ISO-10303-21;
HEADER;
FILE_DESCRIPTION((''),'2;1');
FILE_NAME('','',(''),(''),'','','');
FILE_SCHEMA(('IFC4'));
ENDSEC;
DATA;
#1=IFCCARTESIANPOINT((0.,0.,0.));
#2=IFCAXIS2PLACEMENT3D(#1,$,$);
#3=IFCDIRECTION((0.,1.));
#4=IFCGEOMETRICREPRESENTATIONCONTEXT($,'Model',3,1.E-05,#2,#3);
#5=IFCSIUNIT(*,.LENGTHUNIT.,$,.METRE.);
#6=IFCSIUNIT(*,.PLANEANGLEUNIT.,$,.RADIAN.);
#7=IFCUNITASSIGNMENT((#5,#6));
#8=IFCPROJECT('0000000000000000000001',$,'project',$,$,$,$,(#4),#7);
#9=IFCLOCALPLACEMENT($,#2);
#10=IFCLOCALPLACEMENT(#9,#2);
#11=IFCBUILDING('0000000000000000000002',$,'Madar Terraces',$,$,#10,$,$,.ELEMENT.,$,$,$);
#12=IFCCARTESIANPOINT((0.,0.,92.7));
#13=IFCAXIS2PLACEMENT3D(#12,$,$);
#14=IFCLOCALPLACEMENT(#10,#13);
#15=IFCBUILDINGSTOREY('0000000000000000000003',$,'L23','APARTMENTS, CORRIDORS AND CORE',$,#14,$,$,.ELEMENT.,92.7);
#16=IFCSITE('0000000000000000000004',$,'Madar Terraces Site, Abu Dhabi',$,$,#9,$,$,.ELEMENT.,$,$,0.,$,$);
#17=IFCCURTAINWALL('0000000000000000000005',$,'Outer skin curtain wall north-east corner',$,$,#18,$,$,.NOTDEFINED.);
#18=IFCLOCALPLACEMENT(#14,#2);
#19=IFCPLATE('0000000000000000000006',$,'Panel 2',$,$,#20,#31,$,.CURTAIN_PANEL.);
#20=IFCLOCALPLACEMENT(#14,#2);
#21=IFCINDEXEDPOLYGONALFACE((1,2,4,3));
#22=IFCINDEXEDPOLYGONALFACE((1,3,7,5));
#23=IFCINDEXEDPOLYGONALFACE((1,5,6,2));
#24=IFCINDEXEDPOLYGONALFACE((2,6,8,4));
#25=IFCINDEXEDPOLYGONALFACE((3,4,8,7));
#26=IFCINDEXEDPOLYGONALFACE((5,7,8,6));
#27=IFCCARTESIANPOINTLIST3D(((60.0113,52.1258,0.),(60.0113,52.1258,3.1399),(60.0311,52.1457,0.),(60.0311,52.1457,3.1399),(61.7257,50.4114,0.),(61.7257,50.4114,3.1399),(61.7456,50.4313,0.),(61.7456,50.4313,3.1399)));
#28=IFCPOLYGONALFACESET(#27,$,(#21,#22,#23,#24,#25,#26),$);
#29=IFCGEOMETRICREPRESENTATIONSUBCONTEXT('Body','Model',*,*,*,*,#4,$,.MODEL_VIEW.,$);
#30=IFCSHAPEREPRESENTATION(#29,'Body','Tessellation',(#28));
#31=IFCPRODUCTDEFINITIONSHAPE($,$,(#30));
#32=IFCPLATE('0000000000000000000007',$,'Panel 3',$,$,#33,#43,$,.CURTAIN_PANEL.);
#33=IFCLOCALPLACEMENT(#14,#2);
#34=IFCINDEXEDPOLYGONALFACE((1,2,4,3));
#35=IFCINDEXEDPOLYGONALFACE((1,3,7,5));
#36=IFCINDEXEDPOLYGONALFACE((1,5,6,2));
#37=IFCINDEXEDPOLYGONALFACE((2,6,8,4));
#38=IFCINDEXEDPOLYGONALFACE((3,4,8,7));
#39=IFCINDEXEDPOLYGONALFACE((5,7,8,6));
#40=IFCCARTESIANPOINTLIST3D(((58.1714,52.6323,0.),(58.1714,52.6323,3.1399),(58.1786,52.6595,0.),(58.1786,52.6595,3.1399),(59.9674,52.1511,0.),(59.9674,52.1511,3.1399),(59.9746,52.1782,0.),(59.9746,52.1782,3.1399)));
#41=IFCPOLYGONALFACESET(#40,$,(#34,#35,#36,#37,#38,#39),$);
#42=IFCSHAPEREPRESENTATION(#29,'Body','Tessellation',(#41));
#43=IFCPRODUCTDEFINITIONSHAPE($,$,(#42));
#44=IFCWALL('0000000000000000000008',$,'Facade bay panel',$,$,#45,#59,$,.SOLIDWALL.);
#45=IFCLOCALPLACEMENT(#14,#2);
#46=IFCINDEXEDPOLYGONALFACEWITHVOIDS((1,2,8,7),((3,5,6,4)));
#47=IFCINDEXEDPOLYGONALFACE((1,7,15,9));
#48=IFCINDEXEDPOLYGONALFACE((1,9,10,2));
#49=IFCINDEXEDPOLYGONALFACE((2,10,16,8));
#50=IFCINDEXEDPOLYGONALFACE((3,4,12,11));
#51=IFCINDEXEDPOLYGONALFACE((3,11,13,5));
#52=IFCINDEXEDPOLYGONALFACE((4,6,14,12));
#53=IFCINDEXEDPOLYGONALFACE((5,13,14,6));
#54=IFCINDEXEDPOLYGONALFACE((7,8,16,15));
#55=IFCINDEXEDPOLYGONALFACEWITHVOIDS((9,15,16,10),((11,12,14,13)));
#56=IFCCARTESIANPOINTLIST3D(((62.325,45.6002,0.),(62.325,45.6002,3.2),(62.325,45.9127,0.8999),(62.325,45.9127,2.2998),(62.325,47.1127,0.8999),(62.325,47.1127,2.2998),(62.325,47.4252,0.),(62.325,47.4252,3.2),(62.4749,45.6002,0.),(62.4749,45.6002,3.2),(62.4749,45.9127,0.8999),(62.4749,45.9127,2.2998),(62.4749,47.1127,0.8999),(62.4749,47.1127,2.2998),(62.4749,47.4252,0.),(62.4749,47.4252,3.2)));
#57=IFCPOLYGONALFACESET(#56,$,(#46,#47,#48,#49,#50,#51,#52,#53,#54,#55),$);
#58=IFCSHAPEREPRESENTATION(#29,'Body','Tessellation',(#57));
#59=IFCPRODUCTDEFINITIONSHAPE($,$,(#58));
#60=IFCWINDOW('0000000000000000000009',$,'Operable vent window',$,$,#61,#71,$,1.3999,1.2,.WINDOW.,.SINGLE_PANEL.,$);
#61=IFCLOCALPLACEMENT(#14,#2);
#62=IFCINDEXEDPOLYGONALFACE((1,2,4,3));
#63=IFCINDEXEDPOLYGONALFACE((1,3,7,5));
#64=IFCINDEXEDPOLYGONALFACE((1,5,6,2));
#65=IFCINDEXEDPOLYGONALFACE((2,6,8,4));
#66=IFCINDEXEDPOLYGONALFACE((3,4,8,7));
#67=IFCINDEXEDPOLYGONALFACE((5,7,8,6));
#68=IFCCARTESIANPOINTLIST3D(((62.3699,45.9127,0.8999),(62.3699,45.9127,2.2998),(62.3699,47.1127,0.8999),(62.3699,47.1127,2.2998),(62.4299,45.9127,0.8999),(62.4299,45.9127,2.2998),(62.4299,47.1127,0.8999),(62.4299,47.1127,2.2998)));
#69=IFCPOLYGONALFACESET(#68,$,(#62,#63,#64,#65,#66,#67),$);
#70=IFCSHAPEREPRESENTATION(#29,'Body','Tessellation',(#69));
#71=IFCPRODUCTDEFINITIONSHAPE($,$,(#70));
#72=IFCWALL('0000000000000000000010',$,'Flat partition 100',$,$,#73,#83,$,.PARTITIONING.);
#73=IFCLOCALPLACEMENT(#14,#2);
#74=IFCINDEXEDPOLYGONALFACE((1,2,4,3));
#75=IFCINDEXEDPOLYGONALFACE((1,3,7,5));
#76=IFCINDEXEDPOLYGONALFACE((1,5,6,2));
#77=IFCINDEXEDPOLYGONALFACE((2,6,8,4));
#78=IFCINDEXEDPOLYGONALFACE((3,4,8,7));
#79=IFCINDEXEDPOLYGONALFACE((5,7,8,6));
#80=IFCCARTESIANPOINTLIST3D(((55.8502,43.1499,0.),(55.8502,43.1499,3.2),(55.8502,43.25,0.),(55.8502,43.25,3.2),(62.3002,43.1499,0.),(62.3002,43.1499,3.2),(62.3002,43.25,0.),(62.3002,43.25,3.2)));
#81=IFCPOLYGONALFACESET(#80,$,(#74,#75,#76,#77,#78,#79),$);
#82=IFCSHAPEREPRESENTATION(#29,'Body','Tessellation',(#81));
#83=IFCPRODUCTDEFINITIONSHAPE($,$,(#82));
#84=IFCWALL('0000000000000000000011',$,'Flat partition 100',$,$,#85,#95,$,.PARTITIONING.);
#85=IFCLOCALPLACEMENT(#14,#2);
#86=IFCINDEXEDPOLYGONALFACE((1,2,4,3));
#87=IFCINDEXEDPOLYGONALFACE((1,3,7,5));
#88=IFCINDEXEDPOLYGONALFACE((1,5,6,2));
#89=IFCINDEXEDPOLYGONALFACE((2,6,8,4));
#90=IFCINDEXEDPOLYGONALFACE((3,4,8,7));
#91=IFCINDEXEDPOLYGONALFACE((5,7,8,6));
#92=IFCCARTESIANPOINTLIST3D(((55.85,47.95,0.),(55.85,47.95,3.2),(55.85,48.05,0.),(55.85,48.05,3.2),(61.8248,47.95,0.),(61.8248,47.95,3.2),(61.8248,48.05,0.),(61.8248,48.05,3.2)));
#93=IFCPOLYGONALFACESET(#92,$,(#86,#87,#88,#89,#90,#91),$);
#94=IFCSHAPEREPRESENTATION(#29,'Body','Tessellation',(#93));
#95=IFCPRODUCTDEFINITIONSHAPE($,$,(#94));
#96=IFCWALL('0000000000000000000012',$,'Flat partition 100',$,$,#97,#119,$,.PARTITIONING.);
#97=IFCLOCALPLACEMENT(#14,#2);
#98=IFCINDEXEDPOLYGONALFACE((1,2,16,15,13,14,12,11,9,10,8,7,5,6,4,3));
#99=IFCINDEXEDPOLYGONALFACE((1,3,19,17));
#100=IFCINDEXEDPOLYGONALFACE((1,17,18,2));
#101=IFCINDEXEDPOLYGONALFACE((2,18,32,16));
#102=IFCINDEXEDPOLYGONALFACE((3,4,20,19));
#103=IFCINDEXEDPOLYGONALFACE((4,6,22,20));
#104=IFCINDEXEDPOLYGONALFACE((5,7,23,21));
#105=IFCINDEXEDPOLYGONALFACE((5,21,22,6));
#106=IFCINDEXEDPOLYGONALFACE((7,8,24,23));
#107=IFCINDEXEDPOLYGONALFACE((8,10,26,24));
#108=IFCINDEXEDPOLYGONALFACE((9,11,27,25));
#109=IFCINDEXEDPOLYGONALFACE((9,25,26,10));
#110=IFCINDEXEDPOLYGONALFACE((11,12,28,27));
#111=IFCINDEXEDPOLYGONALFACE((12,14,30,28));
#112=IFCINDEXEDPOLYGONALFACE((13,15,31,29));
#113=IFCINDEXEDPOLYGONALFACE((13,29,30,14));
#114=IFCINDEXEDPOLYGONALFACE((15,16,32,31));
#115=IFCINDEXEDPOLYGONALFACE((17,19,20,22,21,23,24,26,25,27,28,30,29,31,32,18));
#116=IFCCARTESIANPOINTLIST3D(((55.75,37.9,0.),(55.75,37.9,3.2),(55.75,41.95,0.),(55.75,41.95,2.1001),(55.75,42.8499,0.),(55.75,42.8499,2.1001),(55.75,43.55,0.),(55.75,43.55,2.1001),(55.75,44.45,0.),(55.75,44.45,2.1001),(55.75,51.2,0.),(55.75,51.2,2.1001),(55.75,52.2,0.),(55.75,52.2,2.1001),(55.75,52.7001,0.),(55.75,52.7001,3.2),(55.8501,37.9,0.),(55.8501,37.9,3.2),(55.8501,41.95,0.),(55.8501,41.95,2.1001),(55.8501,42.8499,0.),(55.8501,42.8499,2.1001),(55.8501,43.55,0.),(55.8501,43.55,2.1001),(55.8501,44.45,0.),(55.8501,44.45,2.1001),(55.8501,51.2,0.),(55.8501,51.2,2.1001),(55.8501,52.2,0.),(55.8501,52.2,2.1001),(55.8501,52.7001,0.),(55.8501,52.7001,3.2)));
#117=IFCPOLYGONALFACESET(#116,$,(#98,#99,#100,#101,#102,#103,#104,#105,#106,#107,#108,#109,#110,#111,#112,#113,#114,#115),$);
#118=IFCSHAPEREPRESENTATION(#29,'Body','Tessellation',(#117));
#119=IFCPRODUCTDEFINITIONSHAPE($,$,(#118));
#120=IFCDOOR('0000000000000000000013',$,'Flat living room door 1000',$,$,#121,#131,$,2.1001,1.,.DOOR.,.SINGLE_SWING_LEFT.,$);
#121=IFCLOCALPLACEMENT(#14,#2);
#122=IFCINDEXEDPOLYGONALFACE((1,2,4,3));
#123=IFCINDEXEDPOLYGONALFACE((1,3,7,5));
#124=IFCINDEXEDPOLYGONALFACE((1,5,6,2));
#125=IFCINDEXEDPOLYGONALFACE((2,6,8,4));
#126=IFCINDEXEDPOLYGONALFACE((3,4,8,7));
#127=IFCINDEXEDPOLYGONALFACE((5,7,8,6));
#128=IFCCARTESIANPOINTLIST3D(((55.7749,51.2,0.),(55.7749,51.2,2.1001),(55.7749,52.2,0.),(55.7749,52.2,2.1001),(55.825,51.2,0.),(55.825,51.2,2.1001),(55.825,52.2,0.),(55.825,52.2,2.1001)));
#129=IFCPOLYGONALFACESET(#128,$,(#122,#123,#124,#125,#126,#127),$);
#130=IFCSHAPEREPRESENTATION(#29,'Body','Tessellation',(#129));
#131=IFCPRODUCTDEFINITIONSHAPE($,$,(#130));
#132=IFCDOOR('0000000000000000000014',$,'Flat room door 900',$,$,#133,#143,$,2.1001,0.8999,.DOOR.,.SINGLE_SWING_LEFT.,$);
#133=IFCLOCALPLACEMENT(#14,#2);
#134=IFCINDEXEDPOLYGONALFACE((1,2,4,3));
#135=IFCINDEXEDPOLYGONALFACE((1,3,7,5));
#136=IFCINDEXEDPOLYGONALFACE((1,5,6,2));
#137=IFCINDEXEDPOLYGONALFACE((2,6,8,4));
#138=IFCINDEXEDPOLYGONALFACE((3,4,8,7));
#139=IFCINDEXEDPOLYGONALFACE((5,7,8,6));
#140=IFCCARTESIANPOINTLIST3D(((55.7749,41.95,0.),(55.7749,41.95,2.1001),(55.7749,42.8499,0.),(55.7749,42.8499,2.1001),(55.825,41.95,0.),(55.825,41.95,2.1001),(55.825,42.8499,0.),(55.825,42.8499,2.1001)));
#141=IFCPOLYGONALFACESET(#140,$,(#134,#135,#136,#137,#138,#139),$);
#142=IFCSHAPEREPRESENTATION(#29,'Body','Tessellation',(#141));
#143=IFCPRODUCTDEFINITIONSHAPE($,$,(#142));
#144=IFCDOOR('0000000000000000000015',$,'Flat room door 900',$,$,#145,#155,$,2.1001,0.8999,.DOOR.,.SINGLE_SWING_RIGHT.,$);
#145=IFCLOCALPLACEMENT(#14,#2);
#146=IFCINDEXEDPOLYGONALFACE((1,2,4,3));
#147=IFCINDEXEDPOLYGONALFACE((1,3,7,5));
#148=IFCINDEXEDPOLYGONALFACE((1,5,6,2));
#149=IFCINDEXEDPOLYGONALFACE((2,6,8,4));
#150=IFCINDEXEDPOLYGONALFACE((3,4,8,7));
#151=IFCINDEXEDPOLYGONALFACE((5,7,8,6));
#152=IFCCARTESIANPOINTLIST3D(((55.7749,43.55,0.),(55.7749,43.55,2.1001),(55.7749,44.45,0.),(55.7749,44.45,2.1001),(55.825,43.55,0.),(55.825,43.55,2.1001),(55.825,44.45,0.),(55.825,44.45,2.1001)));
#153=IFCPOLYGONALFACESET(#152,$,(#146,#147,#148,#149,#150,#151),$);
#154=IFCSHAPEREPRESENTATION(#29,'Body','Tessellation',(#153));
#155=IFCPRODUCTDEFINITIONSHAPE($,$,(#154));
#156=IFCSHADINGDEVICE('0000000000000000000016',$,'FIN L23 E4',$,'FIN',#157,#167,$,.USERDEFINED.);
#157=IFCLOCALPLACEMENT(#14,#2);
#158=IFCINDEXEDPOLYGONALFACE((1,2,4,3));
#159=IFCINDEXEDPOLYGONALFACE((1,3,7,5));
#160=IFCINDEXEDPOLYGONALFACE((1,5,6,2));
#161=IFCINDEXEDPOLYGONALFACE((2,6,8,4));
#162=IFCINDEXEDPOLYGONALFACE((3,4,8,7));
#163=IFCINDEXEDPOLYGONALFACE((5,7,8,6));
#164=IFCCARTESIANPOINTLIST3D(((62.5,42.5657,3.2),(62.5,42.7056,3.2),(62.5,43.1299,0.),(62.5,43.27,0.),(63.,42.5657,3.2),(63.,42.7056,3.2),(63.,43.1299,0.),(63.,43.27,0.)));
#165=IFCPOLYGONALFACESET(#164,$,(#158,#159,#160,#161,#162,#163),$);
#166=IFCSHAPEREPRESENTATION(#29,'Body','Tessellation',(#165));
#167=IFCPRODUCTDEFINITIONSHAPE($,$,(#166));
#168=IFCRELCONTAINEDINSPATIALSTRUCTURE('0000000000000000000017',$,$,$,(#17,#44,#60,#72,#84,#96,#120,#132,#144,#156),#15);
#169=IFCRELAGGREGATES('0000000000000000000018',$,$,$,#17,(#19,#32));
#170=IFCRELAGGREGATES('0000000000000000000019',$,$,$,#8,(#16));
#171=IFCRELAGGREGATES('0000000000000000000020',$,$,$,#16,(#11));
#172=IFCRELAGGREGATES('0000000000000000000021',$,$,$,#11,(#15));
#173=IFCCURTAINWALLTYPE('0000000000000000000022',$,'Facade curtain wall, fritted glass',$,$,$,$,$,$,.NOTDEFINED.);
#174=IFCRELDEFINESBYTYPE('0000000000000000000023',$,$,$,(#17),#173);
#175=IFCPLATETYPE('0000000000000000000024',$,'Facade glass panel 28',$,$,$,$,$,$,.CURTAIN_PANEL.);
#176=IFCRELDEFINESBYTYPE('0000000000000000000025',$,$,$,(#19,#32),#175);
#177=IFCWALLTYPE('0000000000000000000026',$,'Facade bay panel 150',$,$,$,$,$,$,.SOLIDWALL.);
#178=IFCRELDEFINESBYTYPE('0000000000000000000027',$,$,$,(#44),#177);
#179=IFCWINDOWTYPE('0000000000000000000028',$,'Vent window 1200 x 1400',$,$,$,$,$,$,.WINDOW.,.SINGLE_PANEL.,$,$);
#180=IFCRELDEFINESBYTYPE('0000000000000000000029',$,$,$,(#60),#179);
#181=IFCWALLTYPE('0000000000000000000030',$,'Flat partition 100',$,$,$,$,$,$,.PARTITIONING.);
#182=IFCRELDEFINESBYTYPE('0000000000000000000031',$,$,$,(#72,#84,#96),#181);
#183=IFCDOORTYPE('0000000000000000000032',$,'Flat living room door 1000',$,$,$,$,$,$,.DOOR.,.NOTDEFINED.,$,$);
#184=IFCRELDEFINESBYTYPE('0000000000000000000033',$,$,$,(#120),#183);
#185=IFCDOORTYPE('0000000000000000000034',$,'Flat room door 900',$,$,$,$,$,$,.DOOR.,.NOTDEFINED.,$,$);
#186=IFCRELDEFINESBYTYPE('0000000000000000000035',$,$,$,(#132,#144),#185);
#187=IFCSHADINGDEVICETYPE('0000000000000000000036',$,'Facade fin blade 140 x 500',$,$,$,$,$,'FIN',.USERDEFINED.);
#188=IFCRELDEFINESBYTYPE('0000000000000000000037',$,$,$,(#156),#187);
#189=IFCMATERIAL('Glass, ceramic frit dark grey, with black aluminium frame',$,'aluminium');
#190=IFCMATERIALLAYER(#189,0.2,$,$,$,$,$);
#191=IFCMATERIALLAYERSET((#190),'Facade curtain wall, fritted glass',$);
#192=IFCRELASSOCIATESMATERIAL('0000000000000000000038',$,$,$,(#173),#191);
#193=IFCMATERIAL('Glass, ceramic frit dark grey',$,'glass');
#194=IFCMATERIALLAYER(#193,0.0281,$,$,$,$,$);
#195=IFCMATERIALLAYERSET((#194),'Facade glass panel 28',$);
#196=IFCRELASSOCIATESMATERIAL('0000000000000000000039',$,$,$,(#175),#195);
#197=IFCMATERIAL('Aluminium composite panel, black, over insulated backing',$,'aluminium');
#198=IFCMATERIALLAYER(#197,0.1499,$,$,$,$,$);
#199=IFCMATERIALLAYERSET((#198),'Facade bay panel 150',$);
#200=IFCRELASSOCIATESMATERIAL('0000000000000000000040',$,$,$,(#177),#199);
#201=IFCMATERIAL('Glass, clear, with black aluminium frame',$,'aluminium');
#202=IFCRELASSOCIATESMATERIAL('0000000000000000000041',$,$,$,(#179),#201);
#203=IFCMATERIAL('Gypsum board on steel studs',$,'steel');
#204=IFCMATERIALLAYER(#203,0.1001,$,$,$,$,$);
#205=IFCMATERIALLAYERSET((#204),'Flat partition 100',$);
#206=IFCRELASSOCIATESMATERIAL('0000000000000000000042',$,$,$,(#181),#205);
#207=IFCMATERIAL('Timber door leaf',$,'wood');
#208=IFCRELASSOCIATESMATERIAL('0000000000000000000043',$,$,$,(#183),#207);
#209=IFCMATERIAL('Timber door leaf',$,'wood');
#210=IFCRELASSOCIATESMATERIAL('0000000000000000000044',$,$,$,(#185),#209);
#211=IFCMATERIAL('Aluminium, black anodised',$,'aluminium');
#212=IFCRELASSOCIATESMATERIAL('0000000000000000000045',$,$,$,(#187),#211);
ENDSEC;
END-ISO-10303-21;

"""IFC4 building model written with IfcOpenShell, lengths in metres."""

from ifc_helpers import new_model, si_unit, direction, frame, frame_2d, origin, origin_2d, place, context, subcontext, project, spatial, polyline, rectangle, outline, extrude, material, layer, layer_set, type_object, element, fill, aggregate, save


model = new_model("IFC4")

# Units and contexts
model_context = context("Model", 3, precision=1e-05, world=origin(), true_north=direction((0.0, 1.0)))
body_context = subcontext(model_context, "Body", "Model", "MODEL_VIEW")
ifc_project = project(units=[si_unit("LENGTHUNIT", "METRE"), si_unit("PLANEANGLEUNIT", "RADIAN")], contexts=[model_context])

# Site, building, storey
site_placement = place(None, origin())
site = spatial("IfcSite", under=ifc_project, at=site_placement, Name="Madar Terraces Site, Abu Dhabi", CompositionType="ELEMENT", RefElevation=0.0)
building_placement = place(site_placement, origin())
building = spatial("IfcBuilding", under=site, at=building_placement, Name="Madar Terraces", CompositionType="ELEMENT")
storey_placement = place(building_placement, frame((0.0, 0.0, 92.7)))
storey = spatial("IfcBuildingStorey", under=building, at=storey_placement, Name="L23", Description="APARTMENTS, CORRIDORS AND CORE", CompositionType="ELEMENT", Elevation=92.7)

# Shared definitions
ifc_material_1 = material(Name="Glass, ceramic frit dark grey, with black aluminium frame", Category="aluminium")
ifc_layer_1 = layer(ifc_material_1, 0.2)
ifc_layer_set_1 = layer_set([ifc_layer_1], Name="Facade curtain wall, fritted glass")
curtain_wall_type = type_object("IfcCurtainWallType", Name="Facade curtain wall, fritted glass", PredefinedType="NOTDEFINED", material=ifc_layer_set_1)

# Curtain wall
curtain_wall_1_placement = place(storey_placement, origin())
curtain_wall_1 = element("IfcCurtainWall", 1, at=curtain_wall_1_placement, inside=storey, type_object=curtain_wall_type, Name="Outer skin curtain wall north-east corner", PredefinedType="NOTDEFINED")

# Plates
ifc_material_2 = material(Name="Glass, ceramic frit dark grey", Category="glass")
ifc_layer_2 = layer(ifc_material_2, 0.0281)
ifc_layer_set_2 = layer_set([ifc_layer_2], Name="Facade glass panel 28")
plate_type = type_object("IfcPlateType", Name="Facade glass panel 28", PredefinedType="CURTAIN_PANEL", material=ifc_layer_set_2)
plate_1_placement = place(storey_placement, frame((60.8784, 51.2786, 0.0), z_axis=(0.0, 0.0, 1.0), x_axis=(-0.707107, 0.707107, 0.0)))
plate_1 = element("IfcPlate", 2, at=plate_1_placement, type_object=plate_type, Name="Panel 2", PredefinedType="CURTAIN_PANEL", context=body_context, shape_type="SweptSolid", body=[
    extrude(rectangle(XDim=2.4246, YDim=0.0281, at=origin_2d()), origin(), (0.0, 0.0, 1.0), 3.1399),
])
plate_2_placement = place(storey_placement, frame((59.073, 52.4053, 0.0), z_axis=(0.0, 0.0, 1.0), x_axis=(-0.965926, 0.258819, 0.0)))
plate_2 = element("IfcPlate", 3, at=plate_2_placement, type_object=plate_type, Name="Panel 3", PredefinedType="CURTAIN_PANEL", context=body_context, shape_type="SweptSolid", body=[
    extrude(rectangle(XDim=1.8594, YDim=0.0281, at=origin_2d()), origin(), (0.0, 0.0, 1.0), 3.1399),
])
aggregate(curtain_wall_1, [plate_1, plate_2])

# Wall, opening, window
ifc_material_3 = material(Name="Aluminium composite panel, black, over insulated backing", Category="aluminium")
ifc_layer_3 = layer(ifc_material_3, 0.1499)
ifc_layer_set_3 = layer_set([ifc_layer_3], Name="Facade bay panel 150")
wall_type_1 = type_object("IfcWallType", Name="Facade bay panel 150", PredefinedType="SOLIDWALL", material=ifc_layer_set_3)
wall_1_placement = place(storey_placement, frame((62.3999, 45.6001, 0.0), z_axis=(0.0, 0.0, 1.0), x_axis=(0.0, 1.0, 0.0)))
wall_1 = element("IfcWall", 4, at=wall_1_placement, inside=storey, type_object=wall_type_1, Name="Facade bay panel", PredefinedType="SOLIDWALL", context=body_context, shape_type="SweptSolid", body=[
    extrude(rectangle(XDim=1.825, YDim=0.1499, at=frame_2d((0.9126, 0.0))), origin(), (0.0, 0.0, 1.0), 3.2),
])
opening_1_placement = place(wall_1_placement, frame((0.3125, 0.0, 0.8999)))
opening_1 = element("IfcOpeningElement", 5, at=opening_1_placement, cuts=wall_1, PredefinedType="OPENING", context=body_context, shape_type="SweptSolid", body=[
    extrude(rectangle(XDim=1.2, YDim=1.3999, at=frame_2d((0.6001, 0.7))), frame((0.0, 0.085, 0.0), z_axis=(0.0, -1.0, 0.0), x_axis=(1.0, 0.0, 0.0)), (0.0, 0.0, 1.0), 0.1699),
])
ifc_material_4 = material(Name="Glass, clear, with black aluminium frame", Category="aluminium")
window_type = type_object("IfcWindowType", Name="Vent window 1200 x 1400", PartitioningType="SINGLE_PANEL", PredefinedType="WINDOW", material=ifc_material_4)
window_placement = place(opening_1_placement, origin())
window = element("IfcWindow", 6, at=window_placement, inside=storey, type_object=window_type, Name="Operable vent window", OverallHeight=1.3999, OverallWidth=1.2, PartitioningType="SINGLE_PANEL", PredefinedType="WINDOW", context=body_context, shape_type="SweptSolid", body=[
    extrude(rectangle(XDim=1.2, YDim=1.3999, at=frame_2d((0.6001, 0.7))), frame((0.0, 0.03, 0.0), z_axis=(0.0, -1.0, 0.0), x_axis=(1.0, 0.0, 0.0)), (0.0, 0.0, 1.0), 0.0601),
])
fill(opening_1, window)

# Walls
ifc_material_5 = material(Name="Gypsum board on steel studs", Category="steel")
ifc_layer_4 = layer(ifc_material_5, 0.1001)
ifc_layer_set_4 = layer_set([ifc_layer_4], Name="Flat partition 100")
wall_type_2 = type_object("IfcWallType", Name="Flat partition 100", PredefinedType="PARTITIONING", material=ifc_layer_set_4)
wall_2_placement = place(storey_placement, frame((55.8501, 43.2, 0.0), z_axis=(0.0, 0.0, 1.0), x_axis=(1.0, 0.0, 0.0)))
element("IfcWall", 7, at=wall_2_placement, inside=storey, type_object=wall_type_2, Name="Flat partition 100", PredefinedType="PARTITIONING", context=body_context, shape_type="SweptSolid", body=[
    extrude(rectangle(XDim=6.45, YDim=0.1001, at=frame_2d((3.2251, 0.0))), origin(), (0.0, 0.0, 1.0), 3.2),
])
wall_3_placement = place(storey_placement, frame((55.8501, 48.0, 0.0), z_axis=(0.0, 0.0, 1.0), x_axis=(1.0, 0.0, 0.0)))
element("IfcWall", 8, at=wall_3_placement, inside=storey, type_object=wall_type_2, Name="Flat partition 100", PredefinedType="PARTITIONING", context=body_context, shape_type="SweptSolid", body=[
    extrude(rectangle(XDim=5.9749, YDim=0.1001, at=frame_2d((2.9873, 0.0))), origin(), (0.0, 0.0, 1.0), 3.2),
])

# Wall, openings, doors
wall_4_placement = place(storey_placement, frame((55.8, 52.7, 0.0), z_axis=(0.0, 0.0, 1.0), x_axis=(0.0, -1.0, 0.0)))
wall_4 = element("IfcWall", 9, at=wall_4_placement, inside=storey, type_object=wall_type_2, Name="Flat partition 100", PredefinedType="PARTITIONING", context=body_context, shape_type="SweptSolid", body=[
    extrude(rectangle(XDim=14.8, YDim=0.1001, at=frame_2d((7.3999, 0.0))), origin(), (0.0, 0.0, 1.0), 3.2),
])
opening_2_placement = place(wall_4_placement, frame((9.8501, 0.0, 0.0)))
opening_2 = element("IfcOpeningElement", 10, at=opening_2_placement, cuts=wall_4, PredefinedType="OPENING", context=body_context, shape_type="SweptSolid", body=[
    extrude(rectangle(XDim=0.8999, YDim=2.1001, at=frame_2d((0.45, 1.05))), frame((0.0, 0.0601, 0.0), z_axis=(0.0, -1.0, 0.0), x_axis=(1.0, 0.0, 0.0)), (0.0, 0.0, 1.0), 0.1201),
])
opening_3_placement = place(wall_4_placement, frame((8.25, 0.0, 0.0)))
opening_3 = element("IfcOpeningElement", 11, at=opening_3_placement, cuts=wall_4, PredefinedType="OPENING", context=body_context, shape_type="SweptSolid", body=[
    extrude(rectangle(XDim=0.8999, YDim=2.1001, at=frame_2d((0.45, 1.05))), frame((0.0, 0.0601, 0.0), z_axis=(0.0, -1.0, 0.0), x_axis=(1.0, 0.0, 0.0)), (0.0, 0.0, 1.0), 0.1201),
])
opening_4_placement = place(wall_4_placement, frame((0.5, 0.0, 0.0)))
opening_4 = element("IfcOpeningElement", 12, at=opening_4_placement, cuts=wall_4, PredefinedType="OPENING", context=body_context, shape_type="SweptSolid", body=[
    extrude(rectangle(XDim=1.0, YDim=2.1001, at=frame_2d((0.5, 1.05))), frame((0.0, 0.0601, 0.0), z_axis=(0.0, -1.0, 0.0), x_axis=(1.0, 0.0, 0.0)), (0.0, 0.0, 1.0), 0.1201),
])
ifc_material_6 = material(Name="Timber door leaf", Category="wood")
door_type_1 = type_object("IfcDoorType", Name="Flat living room door 1000", OperationType="NOTDEFINED", PredefinedType="DOOR", material=ifc_material_6)
door_1_placement = place(opening_4_placement, origin())
door_1 = element("IfcDoor", 13, at=door_1_placement, inside=storey, type_object=door_type_1, Name="Flat living room door 1000", OperationType="SINGLE_SWING_LEFT", OverallHeight=2.1001, OverallWidth=1.0, PredefinedType="DOOR", context=body_context, shape_type="SweptSolid", body=[
    extrude(rectangle(XDim=1.0, YDim=2.1001, at=frame_2d((0.5, 1.05))), frame((0.0, 0.0249, 0.0), z_axis=(0.0, -1.0, 0.0), x_axis=(1.0, 0.0, 0.0)), (0.0, 0.0, 1.0), 0.05),
])
fill(opening_4, door_1)
ifc_material_7 = material(Name="Timber door leaf", Category="wood")
door_type_2 = type_object("IfcDoorType", Name="Flat room door 900", OperationType="NOTDEFINED", PredefinedType="DOOR", material=ifc_material_7)
door_2_placement = place(opening_2_placement, origin())
door_2 = element("IfcDoor", 14, at=door_2_placement, inside=storey, type_object=door_type_2, Name="Flat room door 900", OperationType="SINGLE_SWING_LEFT", OverallHeight=2.1001, OverallWidth=0.8999, PredefinedType="DOOR", context=body_context, shape_type="SweptSolid", body=[
    extrude(rectangle(XDim=0.8999, YDim=2.1001, at=frame_2d((0.45, 1.05))), frame((0.0, 0.0249, 0.0), z_axis=(0.0, -1.0, 0.0), x_axis=(1.0, 0.0, 0.0)), (0.0, 0.0, 1.0), 0.05),
])
fill(opening_2, door_2)
door_3_placement = place(opening_3_placement, origin())
door_3 = element("IfcDoor", 15, at=door_3_placement, inside=storey, type_object=door_type_2, Name="Flat room door 900", OperationType="SINGLE_SWING_RIGHT", OverallHeight=2.1001, OverallWidth=0.8999, PredefinedType="DOOR", context=body_context, shape_type="SweptSolid", body=[
    extrude(rectangle(XDim=0.8999, YDim=2.1001, at=frame_2d((0.45, 1.05))), frame((0.0, 0.0249, 0.0), z_axis=(0.0, -1.0, 0.0), x_axis=(1.0, 0.0, 0.0)), (0.0, 0.0, 1.0), 0.05),
])
fill(opening_3, door_3)

# Shading device
ifc_material_8 = material(Name="Aluminium, black anodised", Category="aluminium")
shading_device_type = type_object("IfcShadingDeviceType", Name="Facade fin blade 140 x 500", ElementType="FIN", PredefinedType="USERDEFINED", material=ifc_material_8)
for number, where, z_axis, x_axis, name in (
    (16, (62.75, 43.1299, 0.0), (0.0, 0.0, 1.0), (0.0, 1.0, 0.0), "FIN L23 E4"),
):
    element("IfcShadingDevice", number, at=place(storey_placement, frame(where, z_axis=z_axis, x_axis=x_axis)), inside=storey, type_object=shading_device_type, Name=name, ObjectType="FIN", PredefinedType="USERDEFINED", context=body_context, shape_type="SweptSolid", body=[
        extrude(outline(polyline([(0.0, 0.0), (0.1401, 0.0), (-0.4243, 3.2), (-0.5642, 3.2), (0.0, 0.0)])), frame((0.0, 0.25, 0.0), z_axis=(0.0, -1.0, 0.0), x_axis=(1.0, 0.0, 0.0)), (0.0, 0.0, 1.0), 0.5),
    ])

save(model, "model.ifc")
